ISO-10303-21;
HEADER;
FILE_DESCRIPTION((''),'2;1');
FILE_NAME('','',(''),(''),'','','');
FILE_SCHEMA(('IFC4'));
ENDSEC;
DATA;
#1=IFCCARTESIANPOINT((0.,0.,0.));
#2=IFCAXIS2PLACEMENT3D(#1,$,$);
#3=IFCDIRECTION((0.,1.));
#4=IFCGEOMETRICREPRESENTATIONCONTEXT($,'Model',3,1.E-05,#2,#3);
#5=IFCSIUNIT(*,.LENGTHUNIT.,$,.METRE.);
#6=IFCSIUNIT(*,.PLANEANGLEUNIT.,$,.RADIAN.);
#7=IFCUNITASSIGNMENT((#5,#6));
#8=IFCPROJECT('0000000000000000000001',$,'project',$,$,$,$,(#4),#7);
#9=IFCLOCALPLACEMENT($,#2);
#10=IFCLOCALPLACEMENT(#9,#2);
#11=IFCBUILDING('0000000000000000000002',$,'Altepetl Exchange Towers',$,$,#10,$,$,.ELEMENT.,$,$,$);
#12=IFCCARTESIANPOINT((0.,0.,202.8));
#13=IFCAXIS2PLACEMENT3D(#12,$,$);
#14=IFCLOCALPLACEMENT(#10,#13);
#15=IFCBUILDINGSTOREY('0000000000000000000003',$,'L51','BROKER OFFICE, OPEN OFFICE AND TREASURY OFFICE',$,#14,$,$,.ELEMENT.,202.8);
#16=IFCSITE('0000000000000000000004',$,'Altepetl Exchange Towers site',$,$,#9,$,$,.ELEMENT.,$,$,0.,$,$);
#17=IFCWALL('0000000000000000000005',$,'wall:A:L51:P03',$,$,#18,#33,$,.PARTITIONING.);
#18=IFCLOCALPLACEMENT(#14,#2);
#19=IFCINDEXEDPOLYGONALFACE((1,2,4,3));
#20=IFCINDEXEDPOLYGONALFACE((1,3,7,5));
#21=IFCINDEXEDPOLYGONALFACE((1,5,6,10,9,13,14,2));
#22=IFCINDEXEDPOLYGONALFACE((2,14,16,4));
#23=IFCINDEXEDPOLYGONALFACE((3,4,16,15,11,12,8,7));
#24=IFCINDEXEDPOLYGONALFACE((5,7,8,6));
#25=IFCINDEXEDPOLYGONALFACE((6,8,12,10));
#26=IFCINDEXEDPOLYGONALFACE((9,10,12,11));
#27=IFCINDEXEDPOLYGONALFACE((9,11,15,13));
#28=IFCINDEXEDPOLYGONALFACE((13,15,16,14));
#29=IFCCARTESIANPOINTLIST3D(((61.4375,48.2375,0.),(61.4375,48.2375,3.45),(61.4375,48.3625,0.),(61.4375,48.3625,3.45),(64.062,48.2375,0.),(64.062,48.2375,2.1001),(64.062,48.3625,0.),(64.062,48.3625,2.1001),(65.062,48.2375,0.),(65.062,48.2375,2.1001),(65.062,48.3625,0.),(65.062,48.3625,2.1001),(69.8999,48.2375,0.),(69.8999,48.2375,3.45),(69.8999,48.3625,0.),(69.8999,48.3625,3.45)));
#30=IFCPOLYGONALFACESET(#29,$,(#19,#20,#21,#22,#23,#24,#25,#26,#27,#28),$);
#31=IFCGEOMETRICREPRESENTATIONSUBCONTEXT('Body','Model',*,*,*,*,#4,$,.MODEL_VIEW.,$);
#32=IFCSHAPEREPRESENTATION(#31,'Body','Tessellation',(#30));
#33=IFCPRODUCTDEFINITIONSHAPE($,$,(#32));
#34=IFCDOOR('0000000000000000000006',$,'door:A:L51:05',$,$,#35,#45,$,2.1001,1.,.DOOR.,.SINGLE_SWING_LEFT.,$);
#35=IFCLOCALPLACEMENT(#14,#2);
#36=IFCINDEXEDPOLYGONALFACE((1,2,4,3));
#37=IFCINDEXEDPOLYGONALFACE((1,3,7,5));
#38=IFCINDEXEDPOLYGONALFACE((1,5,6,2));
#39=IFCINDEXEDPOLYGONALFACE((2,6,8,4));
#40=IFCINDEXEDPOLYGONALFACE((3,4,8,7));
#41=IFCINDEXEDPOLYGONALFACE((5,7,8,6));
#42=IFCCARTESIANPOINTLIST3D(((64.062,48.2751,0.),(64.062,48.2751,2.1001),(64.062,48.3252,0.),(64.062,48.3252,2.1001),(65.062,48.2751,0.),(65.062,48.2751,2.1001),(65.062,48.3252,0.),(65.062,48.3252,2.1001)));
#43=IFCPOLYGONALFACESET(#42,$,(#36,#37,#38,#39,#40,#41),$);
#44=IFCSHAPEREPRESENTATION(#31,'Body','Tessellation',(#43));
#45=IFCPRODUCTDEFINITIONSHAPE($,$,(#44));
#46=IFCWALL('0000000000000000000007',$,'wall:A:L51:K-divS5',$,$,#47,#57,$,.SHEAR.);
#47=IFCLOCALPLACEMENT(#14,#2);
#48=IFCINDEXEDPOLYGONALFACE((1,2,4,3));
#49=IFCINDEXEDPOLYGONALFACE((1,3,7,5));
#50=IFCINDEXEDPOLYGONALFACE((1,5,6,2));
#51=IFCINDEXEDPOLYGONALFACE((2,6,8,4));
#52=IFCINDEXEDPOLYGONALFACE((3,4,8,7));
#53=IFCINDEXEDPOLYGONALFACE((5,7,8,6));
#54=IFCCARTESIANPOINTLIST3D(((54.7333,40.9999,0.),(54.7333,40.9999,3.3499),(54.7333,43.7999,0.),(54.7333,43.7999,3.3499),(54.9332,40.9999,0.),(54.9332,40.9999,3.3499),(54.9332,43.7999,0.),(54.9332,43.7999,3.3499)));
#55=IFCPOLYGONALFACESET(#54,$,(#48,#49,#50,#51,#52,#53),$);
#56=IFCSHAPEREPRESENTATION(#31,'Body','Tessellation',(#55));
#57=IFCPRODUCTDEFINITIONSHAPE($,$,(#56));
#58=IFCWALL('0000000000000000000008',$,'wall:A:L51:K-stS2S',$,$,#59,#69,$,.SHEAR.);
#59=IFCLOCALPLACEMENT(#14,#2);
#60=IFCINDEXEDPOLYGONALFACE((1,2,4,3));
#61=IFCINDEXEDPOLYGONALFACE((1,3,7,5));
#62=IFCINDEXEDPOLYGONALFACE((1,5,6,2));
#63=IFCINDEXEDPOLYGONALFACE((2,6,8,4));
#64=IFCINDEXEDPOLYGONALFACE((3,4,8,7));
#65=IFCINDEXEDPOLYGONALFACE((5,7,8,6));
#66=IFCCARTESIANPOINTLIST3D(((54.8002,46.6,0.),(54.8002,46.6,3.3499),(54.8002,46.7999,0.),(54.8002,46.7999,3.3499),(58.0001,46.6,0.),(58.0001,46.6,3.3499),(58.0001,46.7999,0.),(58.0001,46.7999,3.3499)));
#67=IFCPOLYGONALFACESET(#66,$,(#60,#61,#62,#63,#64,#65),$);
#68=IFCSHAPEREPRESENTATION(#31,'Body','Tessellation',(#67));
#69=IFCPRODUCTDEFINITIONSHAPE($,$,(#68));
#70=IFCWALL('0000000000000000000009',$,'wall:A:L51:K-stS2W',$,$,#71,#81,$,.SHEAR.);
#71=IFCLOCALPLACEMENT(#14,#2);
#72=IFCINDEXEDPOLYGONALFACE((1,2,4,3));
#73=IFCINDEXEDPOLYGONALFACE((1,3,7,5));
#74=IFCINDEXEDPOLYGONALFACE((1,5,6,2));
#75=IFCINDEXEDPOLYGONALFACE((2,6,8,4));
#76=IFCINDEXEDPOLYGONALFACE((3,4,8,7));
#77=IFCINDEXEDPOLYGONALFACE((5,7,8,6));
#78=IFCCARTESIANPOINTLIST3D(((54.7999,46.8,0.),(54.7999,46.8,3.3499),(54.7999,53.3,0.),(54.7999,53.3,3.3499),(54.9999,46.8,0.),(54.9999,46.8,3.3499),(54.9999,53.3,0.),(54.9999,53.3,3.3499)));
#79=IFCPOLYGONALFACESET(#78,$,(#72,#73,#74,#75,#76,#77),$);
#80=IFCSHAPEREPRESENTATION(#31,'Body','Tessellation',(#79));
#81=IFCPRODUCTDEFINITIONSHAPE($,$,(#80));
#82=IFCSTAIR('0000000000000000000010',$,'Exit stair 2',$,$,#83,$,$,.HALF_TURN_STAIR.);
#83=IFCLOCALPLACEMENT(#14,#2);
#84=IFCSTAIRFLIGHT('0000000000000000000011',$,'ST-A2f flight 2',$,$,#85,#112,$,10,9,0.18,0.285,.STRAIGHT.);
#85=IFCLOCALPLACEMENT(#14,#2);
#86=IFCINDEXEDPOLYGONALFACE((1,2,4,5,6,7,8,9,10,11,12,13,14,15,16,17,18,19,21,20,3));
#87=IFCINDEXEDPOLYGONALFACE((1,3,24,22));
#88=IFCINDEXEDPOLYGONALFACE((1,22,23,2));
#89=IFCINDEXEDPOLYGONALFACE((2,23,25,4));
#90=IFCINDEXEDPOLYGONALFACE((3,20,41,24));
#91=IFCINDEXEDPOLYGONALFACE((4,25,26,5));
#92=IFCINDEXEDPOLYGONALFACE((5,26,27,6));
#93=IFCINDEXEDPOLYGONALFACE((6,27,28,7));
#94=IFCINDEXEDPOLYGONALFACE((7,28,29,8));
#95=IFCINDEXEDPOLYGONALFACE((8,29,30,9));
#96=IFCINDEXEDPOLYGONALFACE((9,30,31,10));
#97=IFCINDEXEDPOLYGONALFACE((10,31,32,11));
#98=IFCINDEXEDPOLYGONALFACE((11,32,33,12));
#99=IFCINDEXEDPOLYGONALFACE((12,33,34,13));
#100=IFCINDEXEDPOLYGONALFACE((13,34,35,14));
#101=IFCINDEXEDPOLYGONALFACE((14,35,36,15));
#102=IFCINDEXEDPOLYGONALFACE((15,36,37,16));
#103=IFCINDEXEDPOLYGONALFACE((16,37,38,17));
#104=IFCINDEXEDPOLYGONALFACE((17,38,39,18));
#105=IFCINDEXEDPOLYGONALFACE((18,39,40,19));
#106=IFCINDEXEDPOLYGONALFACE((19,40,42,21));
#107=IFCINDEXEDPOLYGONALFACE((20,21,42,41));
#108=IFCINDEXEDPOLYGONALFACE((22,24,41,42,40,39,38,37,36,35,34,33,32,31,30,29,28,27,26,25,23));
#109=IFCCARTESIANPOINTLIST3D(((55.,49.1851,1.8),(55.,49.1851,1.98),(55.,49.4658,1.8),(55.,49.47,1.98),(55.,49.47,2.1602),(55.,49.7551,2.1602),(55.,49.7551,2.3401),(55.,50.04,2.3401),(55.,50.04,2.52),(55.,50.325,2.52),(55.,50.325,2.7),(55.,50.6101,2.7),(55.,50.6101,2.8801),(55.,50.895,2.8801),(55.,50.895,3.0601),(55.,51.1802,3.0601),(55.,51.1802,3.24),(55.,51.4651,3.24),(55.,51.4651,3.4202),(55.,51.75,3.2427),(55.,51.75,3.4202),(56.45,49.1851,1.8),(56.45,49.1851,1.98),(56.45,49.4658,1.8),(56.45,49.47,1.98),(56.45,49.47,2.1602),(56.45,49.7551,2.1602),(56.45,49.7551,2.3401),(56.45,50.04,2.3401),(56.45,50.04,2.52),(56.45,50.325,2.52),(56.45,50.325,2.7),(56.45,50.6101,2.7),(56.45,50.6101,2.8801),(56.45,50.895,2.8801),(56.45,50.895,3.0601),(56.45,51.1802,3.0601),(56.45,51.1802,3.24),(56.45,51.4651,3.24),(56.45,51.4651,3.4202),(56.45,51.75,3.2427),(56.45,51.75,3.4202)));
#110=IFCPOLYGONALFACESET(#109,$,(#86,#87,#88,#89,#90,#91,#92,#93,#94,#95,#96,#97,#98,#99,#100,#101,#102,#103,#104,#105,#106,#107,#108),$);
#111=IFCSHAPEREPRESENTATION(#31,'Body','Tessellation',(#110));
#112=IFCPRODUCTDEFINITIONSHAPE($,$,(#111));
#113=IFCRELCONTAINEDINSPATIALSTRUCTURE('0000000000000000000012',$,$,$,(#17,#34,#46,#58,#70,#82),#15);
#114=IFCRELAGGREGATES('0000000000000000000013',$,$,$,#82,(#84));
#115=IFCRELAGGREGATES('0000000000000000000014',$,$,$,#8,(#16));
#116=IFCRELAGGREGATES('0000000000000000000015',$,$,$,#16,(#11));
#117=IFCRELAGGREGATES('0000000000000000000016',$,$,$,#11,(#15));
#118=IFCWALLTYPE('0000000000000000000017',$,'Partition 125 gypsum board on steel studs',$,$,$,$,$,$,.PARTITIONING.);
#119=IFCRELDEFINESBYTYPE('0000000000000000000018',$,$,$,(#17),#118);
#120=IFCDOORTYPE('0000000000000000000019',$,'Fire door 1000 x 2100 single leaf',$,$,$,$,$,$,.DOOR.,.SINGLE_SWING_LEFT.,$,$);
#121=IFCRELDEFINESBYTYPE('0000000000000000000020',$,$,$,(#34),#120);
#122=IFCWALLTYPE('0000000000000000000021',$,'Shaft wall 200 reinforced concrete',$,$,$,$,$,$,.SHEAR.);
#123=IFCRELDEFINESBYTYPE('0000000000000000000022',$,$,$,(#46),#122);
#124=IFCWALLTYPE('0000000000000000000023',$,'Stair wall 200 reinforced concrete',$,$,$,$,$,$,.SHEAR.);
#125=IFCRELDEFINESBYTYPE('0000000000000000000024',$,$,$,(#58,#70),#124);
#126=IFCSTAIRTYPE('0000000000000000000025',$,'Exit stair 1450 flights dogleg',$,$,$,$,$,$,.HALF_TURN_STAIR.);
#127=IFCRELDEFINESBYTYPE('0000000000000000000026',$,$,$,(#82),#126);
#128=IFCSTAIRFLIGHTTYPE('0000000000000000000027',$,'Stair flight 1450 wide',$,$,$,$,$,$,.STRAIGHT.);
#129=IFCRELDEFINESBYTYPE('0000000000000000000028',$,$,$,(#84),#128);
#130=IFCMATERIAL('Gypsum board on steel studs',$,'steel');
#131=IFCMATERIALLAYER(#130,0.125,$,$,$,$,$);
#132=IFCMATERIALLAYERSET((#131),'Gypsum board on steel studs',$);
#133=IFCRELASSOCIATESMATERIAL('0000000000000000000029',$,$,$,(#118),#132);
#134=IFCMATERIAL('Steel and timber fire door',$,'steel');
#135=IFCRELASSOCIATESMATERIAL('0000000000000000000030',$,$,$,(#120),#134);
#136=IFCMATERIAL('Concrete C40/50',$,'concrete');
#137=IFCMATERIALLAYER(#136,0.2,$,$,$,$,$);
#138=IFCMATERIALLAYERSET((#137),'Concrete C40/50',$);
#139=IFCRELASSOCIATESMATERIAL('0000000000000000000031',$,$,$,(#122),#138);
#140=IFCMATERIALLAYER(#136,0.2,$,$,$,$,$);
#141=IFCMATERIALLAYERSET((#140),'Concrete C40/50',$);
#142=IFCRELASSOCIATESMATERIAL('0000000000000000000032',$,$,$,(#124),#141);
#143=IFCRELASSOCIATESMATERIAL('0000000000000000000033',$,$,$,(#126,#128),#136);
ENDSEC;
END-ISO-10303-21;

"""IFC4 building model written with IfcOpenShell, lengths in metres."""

from ifc_helpers import new_model, si_unit, direction, frame, frame_2d, origin, place, context, subcontext, project, spatial, polyline, rectangle, outline, extrude, material, layer, layer_set, type_object, element, fill, aggregate, save


model = new_model("IFC4")

# Units and contexts
model_context = context("Model", 3, precision=1e-05, world=origin(), true_north=direction((0.0, 1.0)))
body_context = subcontext(model_context, "Body", "Model", "MODEL_VIEW")
ifc_project = project(units=[si_unit("LENGTHUNIT", "METRE"), si_unit("PLANEANGLEUNIT", "RADIAN")], contexts=[model_context])

# Site, building, storey
site_placement = place(None, origin())
site = spatial("IfcSite", under=ifc_project, at=site_placement, Name="Altepetl Exchange Towers site", CompositionType="ELEMENT", RefElevation=0.0)
building_placement = place(site_placement, origin())
building = spatial("IfcBuilding", under=site, at=building_placement, Name="Altepetl Exchange Towers", CompositionType="ELEMENT")
storey_placement = place(building_placement, frame((0.0, 0.0, 202.8)))
storey = spatial("IfcBuildingStorey", under=building, at=storey_placement, Name="L51", Description="BROKER OFFICE, OPEN OFFICE AND TREASURY OFFICE", CompositionType="ELEMENT", Elevation=202.8)

# Shared definitions
ifc_material_1 = material(Name="Steel and timber fire door", Category="steel")

# Shared definitions
ifc_material_2 = material(Name="Gypsum board on steel studs", Category="steel")
ifc_layer_1 = layer(ifc_material_2, 0.125)
ifc_layer_set_1 = layer_set([ifc_layer_1], Name="Gypsum board on steel studs")
wall_type_1 = type_object("IfcWallType", Name="Partition 125 gypsum board on steel studs", PredefinedType="PARTITIONING", material=ifc_layer_set_1)

# Wall, opening, door
wall_1_placement = place(storey_placement, frame((61.4375, 48.3, 0.0)))
wall_1 = element("IfcWall", 1, at=wall_1_placement, inside=storey, type_object=wall_type_1, Name="wall:A:L51:P03", PredefinedType="PARTITIONING", context=body_context, shape_type="SweptSolid", body=[
    extrude(rectangle(XDim=8.4624, YDim=0.125, at=frame_2d((4.2312, 0.0))), origin(), (0.0, 0.0, 1.0), 3.45),
])
opening_1_placement = place(wall_1_placement, frame((2.6245, 0.0, 0.0)))
opening_1 = element("IfcOpeningElement", 2, at=opening_1_placement, cuts=wall_1, PredefinedType="OPENING", context=body_context, shape_type="SweptSolid", body=[
    extrude(rectangle(XDim=1.0, YDim=2.1001, at=frame_2d((0.5, 1.05))), frame((0.0, 0.0725, 0.0), z_axis=(0.0, -1.0, 0.0), x_axis=(1.0, 0.0, 0.0)), (0.0, 0.0, 1.0), 0.145),
])
door_type_1 = type_object("IfcDoorType", Name="Fire door 1000 x 2100 single leaf", OperationType="SINGLE_SWING_LEFT", PredefinedType="DOOR", material=ifc_material_1)
door_1_placement = place(opening_1_placement, frame((1.0, 0.0, 0.0), x_axis=(-1.0, 0.0, 0.0)))
door_1 = element("IfcDoor", 3, at=door_1_placement, inside=storey, type_object=door_type_1, Name="door:A:L51:05", OperationType="SINGLE_SWING_LEFT", OverallHeight=2.1001, OverallWidth=1.0, PredefinedType="DOOR", context=body_context, shape_type="SweptSolid", body=[
    extrude(rectangle(XDim=1.0, YDim=2.1001, at=frame_2d((0.5, 1.05))), frame((0.0, 0.0249, 0.0), z_axis=(0.0, -1.0, 0.0), x_axis=(1.0, 0.0, 0.0)), (0.0, 0.0, 1.0), 0.05),
])
fill(opening_1, door_1)

# Walls
ifc_material_3 = material(Name="Concrete C40/50", Category="concrete")
ifc_layer_2 = layer(ifc_material_3, 0.2)
ifc_layer_set_2 = layer_set([ifc_layer_2], Name="Concrete C40/50")
wall_type_2 = type_object("IfcWallType", Name="Shaft wall 200 reinforced concrete", PredefinedType="SHEAR", material=ifc_layer_set_2)
wall_2_placement = place(storey_placement, frame((54.8333, 41.0, 0.0), z_axis=(0.0, 0.0, 1.0), x_axis=(0.0, 1.0, 0.0)))
element("IfcWall", 4, at=wall_2_placement, inside=storey, type_object=wall_type_2, Name="wall:A:L51:K-divS5", PredefinedType="SHEAR", context=body_context, shape_type="SweptSolid", body=[
    extrude(rectangle(XDim=2.8, YDim=0.2, at=frame_2d((1.3999, 0.0))), origin(), (0.0, 0.0, 1.0), 3.3499),
])
ifc_layer_3 = layer(ifc_material_3, 0.2)
ifc_layer_set_3 = layer_set([ifc_layer_3], Name="Concrete C40/50")
wall_type_3 = type_object("IfcWallType", Name="Stair wall 200 reinforced concrete", PredefinedType="SHEAR", material=ifc_layer_set_3)
wall_3_placement = place(storey_placement, frame((54.8, 46.7, 0.0)))
element("IfcWall", 5, at=wall_3_placement, inside=storey, type_object=wall_type_3, Name="wall:A:L51:K-stS2S", PredefinedType="SHEAR", context=body_context, shape_type="SweptSolid", body=[
    extrude(rectangle(XDim=3.2, YDim=0.2, at=frame_2d((1.6001, 0.0))), origin(), (0.0, 0.0, 1.0), 3.3499),
])
wall_4_placement = place(storey_placement, frame((54.8999, 46.8, 0.0), z_axis=(0.0, 0.0, 1.0), x_axis=(0.0, 1.0, 0.0)))
element("IfcWall", 6, at=wall_4_placement, inside=storey, type_object=wall_type_3, Name="wall:A:L51:K-stS2W", PredefinedType="SHEAR", context=body_context, shape_type="SweptSolid", body=[
    extrude(rectangle(XDim=6.5, YDim=0.2, at=frame_2d((3.25, 0.0))), origin(), (0.0, 0.0, 1.0), 3.3499),
])

# Stair, stair flight
stair_type = type_object("IfcStairType", Name="Exit stair 1450 flights dogleg", PredefinedType="HALF_TURN_STAIR", material=ifc_material_3)
stair_placement = place(storey_placement, origin())
stair = element("IfcStair", 7, at=stair_placement, inside=storey, type_object=stair_type, Name="Exit stair 2", PredefinedType="HALF_TURN_STAIR")
stair_flight_type = type_object("IfcStairFlightType", Name="Stair flight 1450 wide", PredefinedType="STRAIGHT", material=ifc_material_3)
stair_flight_placement = place(storey_placement, frame((55.7251, 49.1851, 1.8), z_axis=(0.0, 0.0, 1.0), x_axis=(0.0, 1.0, 0.0)))
stair_flight = element("IfcStairFlight", 8, at=stair_flight_placement, type_object=stair_flight_type, Name="ST-A2f flight 2", NumberOfRisers=10, NumberOfTreads=9, PredefinedType="STRAIGHT", RiserHeight=0.18, TreadLength=0.285, context=body_context, shape_type="SweptSolid", body=[
    extrude(outline(polyline([(0.0, 0.0), (0.0, 0.1799), (0.2849, 0.1799), (0.2849, 0.3601), (0.5701, 0.3601), (0.5701, 0.54), (0.855, 0.54), (0.855, 0.72), (1.1399, 0.72), (1.1399, 0.8999), (1.425, 0.8999), (1.425, 1.0801), (1.71, 1.0801), (1.71, 1.26), (1.9951, 1.26), (1.9951, 1.4399), (2.28, 1.4399), (2.28, 1.6201), (2.5649, 1.6201), (2.5649, 1.8), (2.5649, 1.4426), (0.2808, 0.0), (0.0, 0.0)])), frame((0.0, 0.7251, 0.0), z_axis=(0.0, -1.0, 0.0), x_axis=(1.0, 0.0, 0.0)), (0.0, 0.0, 1.0), 1.45),
])
aggregate(stair, [stair_flight])

save(model, "model.ifc")
